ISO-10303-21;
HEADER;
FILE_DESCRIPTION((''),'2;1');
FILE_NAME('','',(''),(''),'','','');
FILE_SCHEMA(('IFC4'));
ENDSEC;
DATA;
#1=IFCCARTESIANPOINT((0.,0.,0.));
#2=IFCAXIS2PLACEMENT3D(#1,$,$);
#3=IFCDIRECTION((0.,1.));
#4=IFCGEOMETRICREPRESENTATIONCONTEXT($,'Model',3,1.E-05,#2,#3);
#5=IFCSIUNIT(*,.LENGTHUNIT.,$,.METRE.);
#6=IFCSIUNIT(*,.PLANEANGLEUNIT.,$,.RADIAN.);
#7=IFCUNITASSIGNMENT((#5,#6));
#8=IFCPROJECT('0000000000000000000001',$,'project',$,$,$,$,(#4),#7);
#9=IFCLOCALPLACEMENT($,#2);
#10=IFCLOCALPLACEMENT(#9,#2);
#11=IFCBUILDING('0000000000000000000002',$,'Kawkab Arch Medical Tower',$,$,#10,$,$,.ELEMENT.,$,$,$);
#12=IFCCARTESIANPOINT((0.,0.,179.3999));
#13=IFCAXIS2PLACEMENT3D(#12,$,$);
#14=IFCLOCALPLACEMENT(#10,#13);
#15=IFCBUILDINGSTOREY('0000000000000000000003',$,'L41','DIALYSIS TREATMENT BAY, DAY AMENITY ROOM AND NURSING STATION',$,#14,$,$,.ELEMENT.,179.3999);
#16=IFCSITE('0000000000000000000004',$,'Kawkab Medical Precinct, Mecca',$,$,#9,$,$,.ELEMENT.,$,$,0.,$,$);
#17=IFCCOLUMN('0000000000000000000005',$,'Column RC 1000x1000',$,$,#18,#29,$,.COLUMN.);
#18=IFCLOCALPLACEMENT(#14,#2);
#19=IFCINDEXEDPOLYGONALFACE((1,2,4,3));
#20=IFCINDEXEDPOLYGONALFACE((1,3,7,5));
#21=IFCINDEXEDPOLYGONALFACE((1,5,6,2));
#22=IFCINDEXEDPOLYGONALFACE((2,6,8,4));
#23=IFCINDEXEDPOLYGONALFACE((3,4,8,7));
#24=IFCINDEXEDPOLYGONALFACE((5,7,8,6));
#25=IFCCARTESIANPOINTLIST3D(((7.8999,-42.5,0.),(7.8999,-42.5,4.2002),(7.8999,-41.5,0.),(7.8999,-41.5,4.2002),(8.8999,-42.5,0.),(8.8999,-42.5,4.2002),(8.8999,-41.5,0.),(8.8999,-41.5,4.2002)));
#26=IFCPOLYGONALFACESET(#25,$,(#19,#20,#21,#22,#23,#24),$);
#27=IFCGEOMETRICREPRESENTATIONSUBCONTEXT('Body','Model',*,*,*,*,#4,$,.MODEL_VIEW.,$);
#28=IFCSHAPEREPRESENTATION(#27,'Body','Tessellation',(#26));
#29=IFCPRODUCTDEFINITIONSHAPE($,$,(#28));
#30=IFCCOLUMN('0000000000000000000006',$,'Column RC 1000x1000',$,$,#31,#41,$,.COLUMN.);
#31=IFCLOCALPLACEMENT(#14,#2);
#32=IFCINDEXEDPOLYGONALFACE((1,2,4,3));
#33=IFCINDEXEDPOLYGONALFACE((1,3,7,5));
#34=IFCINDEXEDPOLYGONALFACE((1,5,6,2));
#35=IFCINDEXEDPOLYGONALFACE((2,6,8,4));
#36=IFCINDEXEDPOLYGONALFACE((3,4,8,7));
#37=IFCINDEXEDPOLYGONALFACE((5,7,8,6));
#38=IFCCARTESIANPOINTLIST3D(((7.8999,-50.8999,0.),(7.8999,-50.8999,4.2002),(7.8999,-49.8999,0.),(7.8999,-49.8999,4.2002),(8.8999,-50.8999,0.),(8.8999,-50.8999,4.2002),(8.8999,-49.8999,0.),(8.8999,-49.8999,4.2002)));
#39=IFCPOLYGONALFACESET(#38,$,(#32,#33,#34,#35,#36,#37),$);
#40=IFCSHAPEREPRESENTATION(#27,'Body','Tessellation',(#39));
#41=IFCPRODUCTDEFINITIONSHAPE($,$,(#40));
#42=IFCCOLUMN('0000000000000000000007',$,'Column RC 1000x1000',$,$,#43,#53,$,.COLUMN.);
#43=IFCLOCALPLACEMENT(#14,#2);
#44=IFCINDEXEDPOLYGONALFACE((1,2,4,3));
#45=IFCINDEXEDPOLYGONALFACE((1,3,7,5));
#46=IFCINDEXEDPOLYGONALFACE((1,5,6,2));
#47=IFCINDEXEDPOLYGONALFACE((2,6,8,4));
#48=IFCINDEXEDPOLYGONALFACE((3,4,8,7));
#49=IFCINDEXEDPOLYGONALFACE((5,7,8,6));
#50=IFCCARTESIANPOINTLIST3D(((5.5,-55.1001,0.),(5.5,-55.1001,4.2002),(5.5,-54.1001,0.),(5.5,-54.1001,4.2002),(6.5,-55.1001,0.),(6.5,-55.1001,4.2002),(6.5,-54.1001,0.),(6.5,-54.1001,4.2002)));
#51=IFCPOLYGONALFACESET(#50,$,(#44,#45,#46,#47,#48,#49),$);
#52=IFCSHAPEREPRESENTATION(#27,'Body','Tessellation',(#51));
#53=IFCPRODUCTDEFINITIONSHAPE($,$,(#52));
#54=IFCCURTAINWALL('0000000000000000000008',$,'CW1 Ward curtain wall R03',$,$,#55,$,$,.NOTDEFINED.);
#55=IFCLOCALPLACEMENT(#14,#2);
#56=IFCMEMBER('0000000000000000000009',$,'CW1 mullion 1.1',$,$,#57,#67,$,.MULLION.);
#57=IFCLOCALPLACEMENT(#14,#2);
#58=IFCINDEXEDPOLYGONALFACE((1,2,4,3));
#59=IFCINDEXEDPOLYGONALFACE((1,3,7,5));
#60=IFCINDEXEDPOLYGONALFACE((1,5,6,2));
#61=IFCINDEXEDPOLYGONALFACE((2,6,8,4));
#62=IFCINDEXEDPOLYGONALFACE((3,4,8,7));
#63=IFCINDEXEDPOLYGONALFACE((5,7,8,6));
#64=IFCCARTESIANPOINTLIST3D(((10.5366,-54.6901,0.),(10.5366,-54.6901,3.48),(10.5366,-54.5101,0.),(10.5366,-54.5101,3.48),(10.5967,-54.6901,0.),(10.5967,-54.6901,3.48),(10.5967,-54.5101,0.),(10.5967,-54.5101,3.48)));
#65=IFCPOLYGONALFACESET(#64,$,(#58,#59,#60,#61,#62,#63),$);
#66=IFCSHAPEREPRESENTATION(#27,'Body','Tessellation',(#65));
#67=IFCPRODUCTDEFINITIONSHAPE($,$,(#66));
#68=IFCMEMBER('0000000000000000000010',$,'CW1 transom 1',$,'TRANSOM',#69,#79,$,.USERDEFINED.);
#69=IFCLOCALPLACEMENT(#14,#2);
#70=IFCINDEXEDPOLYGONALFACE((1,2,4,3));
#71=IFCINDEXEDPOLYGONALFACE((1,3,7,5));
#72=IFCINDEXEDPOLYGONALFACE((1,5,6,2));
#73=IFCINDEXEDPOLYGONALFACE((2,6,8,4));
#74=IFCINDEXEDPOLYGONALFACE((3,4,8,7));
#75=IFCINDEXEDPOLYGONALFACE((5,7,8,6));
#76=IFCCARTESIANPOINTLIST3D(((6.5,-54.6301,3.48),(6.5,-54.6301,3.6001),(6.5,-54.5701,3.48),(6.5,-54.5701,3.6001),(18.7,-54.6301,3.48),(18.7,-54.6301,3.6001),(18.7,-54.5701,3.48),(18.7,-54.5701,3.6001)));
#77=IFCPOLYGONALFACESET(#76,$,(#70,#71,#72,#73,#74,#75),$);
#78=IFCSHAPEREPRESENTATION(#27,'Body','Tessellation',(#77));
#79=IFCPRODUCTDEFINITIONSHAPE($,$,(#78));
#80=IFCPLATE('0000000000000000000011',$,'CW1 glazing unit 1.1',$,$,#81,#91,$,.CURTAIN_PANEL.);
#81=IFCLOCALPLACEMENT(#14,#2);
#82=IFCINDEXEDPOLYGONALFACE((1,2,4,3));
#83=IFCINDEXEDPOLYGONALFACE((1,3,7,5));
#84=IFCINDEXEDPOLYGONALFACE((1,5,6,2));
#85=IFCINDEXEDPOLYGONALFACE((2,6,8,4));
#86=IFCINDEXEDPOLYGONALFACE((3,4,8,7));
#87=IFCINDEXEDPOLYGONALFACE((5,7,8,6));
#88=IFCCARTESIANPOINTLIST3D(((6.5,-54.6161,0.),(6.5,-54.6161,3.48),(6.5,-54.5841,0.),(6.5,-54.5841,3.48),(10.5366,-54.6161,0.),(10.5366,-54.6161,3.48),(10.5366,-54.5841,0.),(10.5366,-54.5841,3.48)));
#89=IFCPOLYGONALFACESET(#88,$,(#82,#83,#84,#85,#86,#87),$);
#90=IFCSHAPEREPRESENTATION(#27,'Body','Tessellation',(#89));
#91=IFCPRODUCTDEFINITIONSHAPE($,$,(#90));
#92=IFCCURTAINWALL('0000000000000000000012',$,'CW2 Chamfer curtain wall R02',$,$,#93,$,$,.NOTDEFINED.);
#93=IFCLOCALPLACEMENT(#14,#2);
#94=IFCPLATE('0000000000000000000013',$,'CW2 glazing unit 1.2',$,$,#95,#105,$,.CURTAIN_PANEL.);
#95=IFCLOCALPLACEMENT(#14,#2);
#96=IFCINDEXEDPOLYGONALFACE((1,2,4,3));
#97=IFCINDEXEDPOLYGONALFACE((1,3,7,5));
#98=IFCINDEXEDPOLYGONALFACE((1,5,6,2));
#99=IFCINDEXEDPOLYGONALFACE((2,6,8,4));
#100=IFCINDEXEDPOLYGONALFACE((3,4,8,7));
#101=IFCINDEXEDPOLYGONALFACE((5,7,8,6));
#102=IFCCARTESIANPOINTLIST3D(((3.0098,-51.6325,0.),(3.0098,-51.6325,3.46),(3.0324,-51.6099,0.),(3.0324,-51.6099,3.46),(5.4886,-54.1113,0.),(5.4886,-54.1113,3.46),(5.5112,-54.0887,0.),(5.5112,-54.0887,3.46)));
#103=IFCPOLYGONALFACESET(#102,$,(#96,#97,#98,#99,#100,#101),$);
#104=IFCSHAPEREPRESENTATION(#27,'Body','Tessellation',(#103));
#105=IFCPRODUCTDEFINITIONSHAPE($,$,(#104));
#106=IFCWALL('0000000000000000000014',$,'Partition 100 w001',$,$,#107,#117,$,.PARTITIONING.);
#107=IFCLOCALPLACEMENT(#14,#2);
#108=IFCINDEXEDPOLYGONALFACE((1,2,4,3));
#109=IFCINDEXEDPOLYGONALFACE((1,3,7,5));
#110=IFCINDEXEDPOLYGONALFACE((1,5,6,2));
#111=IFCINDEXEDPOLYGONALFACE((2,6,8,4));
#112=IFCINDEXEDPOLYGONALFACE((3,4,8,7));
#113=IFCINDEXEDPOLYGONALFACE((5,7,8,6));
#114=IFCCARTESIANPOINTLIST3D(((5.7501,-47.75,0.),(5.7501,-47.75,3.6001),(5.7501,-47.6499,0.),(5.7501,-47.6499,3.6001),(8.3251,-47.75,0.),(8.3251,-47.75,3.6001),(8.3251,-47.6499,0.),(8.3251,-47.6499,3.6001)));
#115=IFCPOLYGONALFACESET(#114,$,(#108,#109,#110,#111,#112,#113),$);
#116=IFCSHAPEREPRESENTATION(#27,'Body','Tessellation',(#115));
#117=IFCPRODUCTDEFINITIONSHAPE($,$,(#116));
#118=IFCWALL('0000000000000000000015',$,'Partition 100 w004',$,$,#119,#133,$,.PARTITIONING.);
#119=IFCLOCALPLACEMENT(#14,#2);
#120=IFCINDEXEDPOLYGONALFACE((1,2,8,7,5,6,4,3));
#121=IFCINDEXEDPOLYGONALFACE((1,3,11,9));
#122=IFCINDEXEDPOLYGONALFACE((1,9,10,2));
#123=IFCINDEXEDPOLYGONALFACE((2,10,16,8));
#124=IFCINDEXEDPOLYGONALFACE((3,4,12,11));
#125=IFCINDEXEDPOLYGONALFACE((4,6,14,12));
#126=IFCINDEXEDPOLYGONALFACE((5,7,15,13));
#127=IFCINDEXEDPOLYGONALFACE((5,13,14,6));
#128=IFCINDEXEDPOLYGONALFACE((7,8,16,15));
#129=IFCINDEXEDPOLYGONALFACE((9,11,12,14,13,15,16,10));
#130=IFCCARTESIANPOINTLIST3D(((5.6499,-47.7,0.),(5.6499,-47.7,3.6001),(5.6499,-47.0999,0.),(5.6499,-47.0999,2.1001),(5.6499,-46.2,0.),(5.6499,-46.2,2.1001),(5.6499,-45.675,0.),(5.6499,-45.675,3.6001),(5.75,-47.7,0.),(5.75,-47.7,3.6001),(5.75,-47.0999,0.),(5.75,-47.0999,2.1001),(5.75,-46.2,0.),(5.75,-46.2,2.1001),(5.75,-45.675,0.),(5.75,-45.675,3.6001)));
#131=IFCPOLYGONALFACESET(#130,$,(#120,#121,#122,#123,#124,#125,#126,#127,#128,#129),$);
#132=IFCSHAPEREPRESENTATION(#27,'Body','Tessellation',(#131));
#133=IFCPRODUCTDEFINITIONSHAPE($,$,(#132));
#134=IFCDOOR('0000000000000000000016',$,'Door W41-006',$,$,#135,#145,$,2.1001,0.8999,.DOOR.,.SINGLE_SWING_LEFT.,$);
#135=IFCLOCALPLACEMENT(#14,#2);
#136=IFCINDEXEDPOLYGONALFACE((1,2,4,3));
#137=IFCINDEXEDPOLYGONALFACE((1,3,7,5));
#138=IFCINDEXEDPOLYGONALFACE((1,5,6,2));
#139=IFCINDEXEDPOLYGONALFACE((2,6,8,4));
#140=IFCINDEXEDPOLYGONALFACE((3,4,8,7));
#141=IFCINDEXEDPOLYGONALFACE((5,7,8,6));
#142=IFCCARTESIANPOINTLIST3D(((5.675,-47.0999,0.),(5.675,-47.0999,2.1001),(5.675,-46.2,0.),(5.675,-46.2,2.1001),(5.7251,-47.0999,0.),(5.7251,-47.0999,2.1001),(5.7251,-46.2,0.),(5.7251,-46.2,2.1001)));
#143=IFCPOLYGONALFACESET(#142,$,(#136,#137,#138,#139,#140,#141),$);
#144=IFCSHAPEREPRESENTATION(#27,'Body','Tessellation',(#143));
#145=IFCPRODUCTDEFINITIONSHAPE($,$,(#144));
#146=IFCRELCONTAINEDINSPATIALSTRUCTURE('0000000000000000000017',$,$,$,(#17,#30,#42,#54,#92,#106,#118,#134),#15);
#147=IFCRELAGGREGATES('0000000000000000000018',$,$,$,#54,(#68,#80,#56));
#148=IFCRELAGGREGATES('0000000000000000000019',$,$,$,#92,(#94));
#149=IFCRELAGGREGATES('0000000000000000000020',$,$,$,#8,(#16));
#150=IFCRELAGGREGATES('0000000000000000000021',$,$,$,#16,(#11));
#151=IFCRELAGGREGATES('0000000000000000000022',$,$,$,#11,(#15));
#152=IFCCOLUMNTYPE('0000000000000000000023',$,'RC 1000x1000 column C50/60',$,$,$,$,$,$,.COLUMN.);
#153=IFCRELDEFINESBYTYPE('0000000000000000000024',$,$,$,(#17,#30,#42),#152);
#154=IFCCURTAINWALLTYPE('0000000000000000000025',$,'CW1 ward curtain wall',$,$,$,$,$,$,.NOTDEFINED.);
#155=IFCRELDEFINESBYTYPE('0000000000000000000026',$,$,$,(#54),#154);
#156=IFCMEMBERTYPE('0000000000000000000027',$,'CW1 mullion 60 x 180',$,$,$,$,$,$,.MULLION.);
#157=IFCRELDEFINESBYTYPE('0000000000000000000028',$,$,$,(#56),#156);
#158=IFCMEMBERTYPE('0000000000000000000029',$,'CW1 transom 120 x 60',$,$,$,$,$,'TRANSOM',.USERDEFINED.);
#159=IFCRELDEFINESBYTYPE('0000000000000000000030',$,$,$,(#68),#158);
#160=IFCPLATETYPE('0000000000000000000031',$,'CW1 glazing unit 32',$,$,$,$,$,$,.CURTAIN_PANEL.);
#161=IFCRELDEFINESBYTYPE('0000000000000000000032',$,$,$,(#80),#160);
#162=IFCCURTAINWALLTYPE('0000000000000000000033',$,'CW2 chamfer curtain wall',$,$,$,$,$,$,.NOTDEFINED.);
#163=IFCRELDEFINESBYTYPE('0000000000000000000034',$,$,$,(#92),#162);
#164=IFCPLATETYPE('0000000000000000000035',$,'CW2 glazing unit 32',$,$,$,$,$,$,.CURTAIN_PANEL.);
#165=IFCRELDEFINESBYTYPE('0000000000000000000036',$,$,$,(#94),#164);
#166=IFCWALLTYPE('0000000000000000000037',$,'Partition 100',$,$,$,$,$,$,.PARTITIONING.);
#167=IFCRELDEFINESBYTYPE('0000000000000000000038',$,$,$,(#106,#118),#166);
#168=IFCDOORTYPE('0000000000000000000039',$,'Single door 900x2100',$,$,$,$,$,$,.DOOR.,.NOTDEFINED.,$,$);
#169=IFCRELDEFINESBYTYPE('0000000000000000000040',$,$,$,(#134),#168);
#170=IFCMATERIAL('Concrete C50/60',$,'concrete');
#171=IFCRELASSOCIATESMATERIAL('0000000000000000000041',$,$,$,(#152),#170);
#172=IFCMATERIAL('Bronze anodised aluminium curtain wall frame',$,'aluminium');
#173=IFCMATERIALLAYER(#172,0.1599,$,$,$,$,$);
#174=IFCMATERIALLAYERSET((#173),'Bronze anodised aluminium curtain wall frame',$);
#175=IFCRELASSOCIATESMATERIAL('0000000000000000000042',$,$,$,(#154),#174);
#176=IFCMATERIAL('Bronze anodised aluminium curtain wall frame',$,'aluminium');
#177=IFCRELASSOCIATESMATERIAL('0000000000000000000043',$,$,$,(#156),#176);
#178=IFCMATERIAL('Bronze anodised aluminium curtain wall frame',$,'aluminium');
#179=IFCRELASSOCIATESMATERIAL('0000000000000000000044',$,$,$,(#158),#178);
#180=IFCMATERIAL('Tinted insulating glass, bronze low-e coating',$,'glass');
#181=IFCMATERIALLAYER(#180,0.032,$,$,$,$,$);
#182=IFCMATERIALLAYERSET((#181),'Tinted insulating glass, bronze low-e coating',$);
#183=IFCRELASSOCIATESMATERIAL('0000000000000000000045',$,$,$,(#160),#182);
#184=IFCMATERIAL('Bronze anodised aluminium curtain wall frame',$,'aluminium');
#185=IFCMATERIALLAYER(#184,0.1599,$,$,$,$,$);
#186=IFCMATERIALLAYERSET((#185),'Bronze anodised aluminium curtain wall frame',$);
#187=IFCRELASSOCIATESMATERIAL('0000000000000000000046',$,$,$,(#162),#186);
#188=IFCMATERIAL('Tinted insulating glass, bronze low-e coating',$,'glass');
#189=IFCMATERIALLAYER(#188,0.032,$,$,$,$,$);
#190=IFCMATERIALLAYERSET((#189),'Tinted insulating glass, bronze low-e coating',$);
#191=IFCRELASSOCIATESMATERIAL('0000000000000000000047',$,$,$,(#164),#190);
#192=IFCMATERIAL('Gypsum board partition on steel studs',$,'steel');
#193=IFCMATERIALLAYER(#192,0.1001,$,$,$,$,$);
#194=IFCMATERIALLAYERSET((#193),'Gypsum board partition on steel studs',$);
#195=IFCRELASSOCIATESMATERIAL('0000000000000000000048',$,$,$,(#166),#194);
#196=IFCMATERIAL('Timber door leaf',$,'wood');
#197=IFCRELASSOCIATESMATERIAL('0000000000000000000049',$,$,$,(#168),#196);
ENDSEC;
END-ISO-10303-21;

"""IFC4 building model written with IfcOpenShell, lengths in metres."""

from ifc_helpers import new_model, si_unit, direction, frame, frame_2d, origin, origin_2d, place, context, subcontext, project, spatial, rectangle, extrude, material, layer, layer_set, material_profile, profile_set, type_object, element, fill, aggregate, save


model = new_model("IFC4")

# Units and contexts
model_context = context("Model", 3, precision=1e-05, world=origin(), true_north=direction((0.0, 1.0)))
body_context = subcontext(model_context, "Body", "Model", "MODEL_VIEW")
ifc_project = project(units=[si_unit("LENGTHUNIT", "METRE"), si_unit("PLANEANGLEUNIT", "RADIAN")], contexts=[model_context])

# Site, building, storey
site_placement = place(None, origin())
site = spatial("IfcSite", under=ifc_project, at=site_placement, Name="Kawkab Medical Precinct, Mecca", CompositionType="ELEMENT", RefElevation=0.0)
building_placement = place(site_placement, origin())
building = spatial("IfcBuilding", under=site, at=building_placement, Name="Kawkab Arch Medical Tower", CompositionType="ELEMENT")
storey_placement = place(building_placement, frame((0.0, 0.0, 179.3999)))
storey = spatial("IfcBuildingStorey", under=building, at=storey_placement, Name="L41", Description="DIALYSIS TREATMENT BAY, DAY AMENITY ROOM AND NURSING STATION", CompositionType="ELEMENT", Elevation=179.3999)

# Columns
ifc_material_1 = material(Name="Concrete C50/60", Category="concrete")
ifc_material_profile_1 = material_profile(ifc_material_1, rectangle(XDim=1.0, YDim=1.0, at=origin_2d()), Name="RC 1000x1000")
ifc_profile_set_1 = profile_set([ifc_material_profile_1], Name="Concrete C50/60")
column_type = type_object("IfcColumnType", Name="RC 1000x1000 column C50/60", PredefinedType="COLUMN", material=ifc_profile_set_1)
for number, where, z_axis, x_axis, name in (
    (1, (8.3999, -42.0, 0.0), (0.0, 0.0, 1.0), (1.0, 0.0, 0.0), "Column RC 1000x1000"),
    (2, (8.3999, -50.3999, 0.0), (0.0, 0.0, 1.0), (1.0, 0.0, 0.0), "Column RC 1000x1000"),
    (3, (6.0, -54.6001, 0.0), (0.0, 0.0, 1.0), (1.0, 0.0, 0.0), "Column RC 1000x1000"),
):
    element("IfcColumn", number, at=place(storey_placement, frame(where, z_axis=z_axis, x_axis=x_axis)), inside=storey, type_object=column_type, Name=name, PredefinedType="COLUMN", context=body_context, shape_type="SweptSolid", body=[
        extrude(rectangle(XDim=1.0, YDim=1.0, at=origin_2d()), origin(), (0.0, 0.0, 1.0), 4.2002),
    ])

# Curtain wall, members, plate
ifc_material_2 = material(Name="Bronze anodised aluminium curtain wall frame", Category="aluminium")
ifc_layer_1 = layer(ifc_material_2, 0.1599)
ifc_layer_set_1 = layer_set([ifc_layer_1], Name="Bronze anodised aluminium curtain wall frame")
curtain_wall_type_1 = type_object("IfcCurtainWallType", Name="CW1 ward curtain wall", PredefinedType="NOTDEFINED", material=ifc_layer_set_1)
placement = place(storey_placement, origin())
curtain_wall_1 = element("IfcCurtainWall", 4, at=placement, inside=storey, type_object=curtain_wall_type_1, Name="CW1 Ward curtain wall R03", PredefinedType="NOTDEFINED")
ifc_material_3 = material(Name="Bronze anodised aluminium curtain wall frame", Category="aluminium")
ifc_material_profile_2 = material_profile(ifc_material_3, rectangle(XDim=0.1799, YDim=0.0601, at=origin_2d()), Name="AL 60x180")
ifc_profile_set_2 = profile_set([ifc_material_profile_2], Name="Bronze anodised aluminium curtain wall frame")
member_type_1 = type_object("IfcMemberType", Name="CW1 mullion 60 x 180", PredefinedType="MULLION", material=ifc_profile_set_2)
member_1_placement = place(storey_placement, frame((10.5667, -54.6001, 0.0), z_axis=(0.0, 0.0, 1.0), x_axis=(0.0, 1.0, 0.0)))
member_1 = element("IfcMember", 5, at=member_1_placement, type_object=member_type_1, Name="CW1 mullion 1.1", PredefinedType="MULLION", context=body_context, shape_type="SweptSolid", body=[
    extrude(rectangle(XDim=0.1799, YDim=0.0601, at=origin_2d()), origin(), (0.0, 0.0, 1.0), 3.48),
])
ifc_material_4 = material(Name="Bronze anodised aluminium curtain wall frame", Category="aluminium")
ifc_material_profile_3 = material_profile(ifc_material_4, rectangle(XDim=0.0601, YDim=0.1201, at=origin_2d()), Name="AL 60x120")
ifc_profile_set_3 = profile_set([ifc_material_profile_3], Name="Bronze anodised aluminium curtain wall frame")
member_type_2 = type_object("IfcMemberType", Name="CW1 transom 120 x 60", ElementType="TRANSOM", PredefinedType="USERDEFINED", material=ifc_profile_set_3)
member_2_placement = place(storey_placement, frame((6.5, -54.6001, 3.54), z_axis=(1.0, 0.0, 0.0), x_axis=(0.0, 1.0, 0.0)))
member_2 = element("IfcMember", 6, at=member_2_placement, type_object=member_type_2, Name="CW1 transom 1", ObjectType="TRANSOM", PredefinedType="USERDEFINED", context=body_context, shape_type="SweptSolid", body=[
    extrude(rectangle(XDim=0.0601, YDim=0.1201, at=origin_2d()), origin(), (0.0, 0.0, 1.0), 12.2),
])
ifc_material_5 = material(Name="Tinted insulating glass, bronze low-e coating", Category="glass")
ifc_layer_2 = layer(ifc_material_5, 0.032)
ifc_layer_set_2 = layer_set([ifc_layer_2], Name="Tinted insulating glass, bronze low-e coating")
plate_type_1 = type_object("IfcPlateType", Name="CW1 glazing unit 32", PredefinedType="CURTAIN_PANEL", material=ifc_layer_set_2)
plate_1_placement = place(storey_placement, frame((8.5183, -54.6001, 0.0), z_axis=(0.0, 0.0, 1.0), x_axis=(1.0, 0.0, 0.0)))
plate_1 = element("IfcPlate", 7, at=plate_1_placement, type_object=plate_type_1, Name="CW1 glazing unit 1.1", PredefinedType="CURTAIN_PANEL", context=body_context, shape_type="SweptSolid", body=[
    extrude(rectangle(XDim=4.0366, YDim=0.032, at=origin_2d()), origin(), (0.0, 0.0, 1.0), 3.48),
])
aggregate(curtain_wall_1, [member_2, plate_1, member_1])

# Curtain wall, plate
ifc_material_6 = material(Name="Bronze anodised aluminium curtain wall frame", Category="aluminium")
ifc_layer_3 = layer(ifc_material_6, 0.1599)
ifc_layer_set_3 = layer_set([ifc_layer_3], Name="Bronze anodised aluminium curtain wall frame")
curtain_wall_type_2 = type_object("IfcCurtainWallType", Name="CW2 chamfer curtain wall", PredefinedType="NOTDEFINED", material=ifc_layer_set_3)
curtain_wall_2 = element("IfcCurtainWall", 8, at=placement, inside=storey, type_object=curtain_wall_type_2, Name="CW2 Chamfer curtain wall R02", PredefinedType="NOTDEFINED")
ifc_material_7 = material(Name="Tinted insulating glass, bronze low-e coating", Category="glass")
ifc_layer_4 = layer(ifc_material_7, 0.032)
ifc_layer_set_4 = layer_set([ifc_layer_4], Name="Tinted insulating glass, bronze low-e coating")
plate_type_2 = type_object("IfcPlateType", Name="CW2 glazing unit 32", PredefinedType="CURTAIN_PANEL", material=ifc_layer_set_4)
plate_2_placement = place(storey_placement, frame((4.2605, -52.8606, 0.0), z_axis=(0.0, 0.0, 1.0), x_axis=(0.707107, -0.707107, 0.0)))
plate_2 = element("IfcPlate", 9, at=plate_2_placement, type_object=plate_type_2, Name="CW2 glazing unit 1.2", PredefinedType="CURTAIN_PANEL", context=body_context, shape_type="SweptSolid", body=[
    extrude(rectangle(XDim=3.5056, YDim=0.032, at=origin_2d()), origin(), (0.0, 0.0, 1.0), 3.46),
])
aggregate(curtain_wall_2, [plate_2])

# Wall
ifc_material_8 = material(Name="Gypsum board partition on steel studs", Category="steel")
ifc_layer_5 = layer(ifc_material_8, 0.1001)
ifc_layer_set_5 = layer_set([ifc_layer_5], Name="Gypsum board partition on steel studs")
wall_type_1 = type_object("IfcWallType", Name="Partition 100", PredefinedType="PARTITIONING", material=ifc_layer_set_5)
wall_1_placement = place(storey_placement, frame((5.75, -47.7, 0.0), z_axis=(0.0, 0.0, 1.0), x_axis=(1.0, 0.0, 0.0)))
element("IfcWall", 10, at=wall_1_placement, inside=storey, type_object=wall_type_1, Name="Partition 100 w001", PredefinedType="PARTITIONING", context=body_context, shape_type="SweptSolid", body=[
    extrude(rectangle(XDim=2.575, YDim=0.1001, at=frame_2d((1.2876, 0.0))), origin(), (0.0, 0.0, 1.0), 3.6001),
])

# Wall, opening, door
wall_2_placement = place(storey_placement, frame((5.7, -47.7, 0.0), z_axis=(0.0, 0.0, 1.0), x_axis=(0.0, 1.0, 0.0)))
wall_2 = element("IfcWall", 11, at=wall_2_placement, inside=storey, type_object=wall_type_1, Name="Partition 100 w004", PredefinedType="PARTITIONING", context=body_context, shape_type="SweptSolid", body=[
    extrude(rectangle(XDim=2.0249, YDim=0.1001, at=frame_2d((1.0125, 0.0))), origin(), (0.0, 0.0, 1.0), 3.6001),
])
opening_1_placement = place(wall_2_placement, frame((0.6001, 0.0, 0.0)))
opening_1 = element("IfcOpeningElement", 12, at=opening_1_placement, cuts=wall_2, PredefinedType="OPENING", context=body_context, shape_type="SweptSolid", body=[
    extrude(rectangle(XDim=0.8999, YDim=2.1001, at=frame_2d((0.45, 1.05))), frame((0.0, 0.0601, 0.0), z_axis=(0.0, -1.0, 0.0), x_axis=(1.0, 0.0, 0.0)), (0.0, 0.0, 1.0), 0.1201),
])
ifc_material_9 = material(Name="Timber door leaf", Category="wood")
door_type_1 = type_object("IfcDoorType", Name="Single door 900x2100", OperationType="NOTDEFINED", PredefinedType="DOOR", material=ifc_material_9)
door_1_placement = place(opening_1_placement, origin())
door_1 = element("IfcDoor", 13, at=door_1_placement, inside=storey, type_object=door_type_1, Name="Door W41-006", OperationType="SINGLE_SWING_LEFT", OverallHeight=2.1001, OverallWidth=0.8999, PredefinedType="DOOR", context=body_context, shape_type="SweptSolid", body=[
    extrude(rectangle(XDim=0.8999, YDim=2.1001, at=frame_2d((0.45, 1.05))), frame((0.0, 0.0249, 0.0), z_axis=(0.0, -1.0, 0.0), x_axis=(1.0, 0.0, 0.0)), (0.0, 0.0, 1.0), 0.05),
])
fill(opening_1, door_1)

save(model, "model.ifc")
